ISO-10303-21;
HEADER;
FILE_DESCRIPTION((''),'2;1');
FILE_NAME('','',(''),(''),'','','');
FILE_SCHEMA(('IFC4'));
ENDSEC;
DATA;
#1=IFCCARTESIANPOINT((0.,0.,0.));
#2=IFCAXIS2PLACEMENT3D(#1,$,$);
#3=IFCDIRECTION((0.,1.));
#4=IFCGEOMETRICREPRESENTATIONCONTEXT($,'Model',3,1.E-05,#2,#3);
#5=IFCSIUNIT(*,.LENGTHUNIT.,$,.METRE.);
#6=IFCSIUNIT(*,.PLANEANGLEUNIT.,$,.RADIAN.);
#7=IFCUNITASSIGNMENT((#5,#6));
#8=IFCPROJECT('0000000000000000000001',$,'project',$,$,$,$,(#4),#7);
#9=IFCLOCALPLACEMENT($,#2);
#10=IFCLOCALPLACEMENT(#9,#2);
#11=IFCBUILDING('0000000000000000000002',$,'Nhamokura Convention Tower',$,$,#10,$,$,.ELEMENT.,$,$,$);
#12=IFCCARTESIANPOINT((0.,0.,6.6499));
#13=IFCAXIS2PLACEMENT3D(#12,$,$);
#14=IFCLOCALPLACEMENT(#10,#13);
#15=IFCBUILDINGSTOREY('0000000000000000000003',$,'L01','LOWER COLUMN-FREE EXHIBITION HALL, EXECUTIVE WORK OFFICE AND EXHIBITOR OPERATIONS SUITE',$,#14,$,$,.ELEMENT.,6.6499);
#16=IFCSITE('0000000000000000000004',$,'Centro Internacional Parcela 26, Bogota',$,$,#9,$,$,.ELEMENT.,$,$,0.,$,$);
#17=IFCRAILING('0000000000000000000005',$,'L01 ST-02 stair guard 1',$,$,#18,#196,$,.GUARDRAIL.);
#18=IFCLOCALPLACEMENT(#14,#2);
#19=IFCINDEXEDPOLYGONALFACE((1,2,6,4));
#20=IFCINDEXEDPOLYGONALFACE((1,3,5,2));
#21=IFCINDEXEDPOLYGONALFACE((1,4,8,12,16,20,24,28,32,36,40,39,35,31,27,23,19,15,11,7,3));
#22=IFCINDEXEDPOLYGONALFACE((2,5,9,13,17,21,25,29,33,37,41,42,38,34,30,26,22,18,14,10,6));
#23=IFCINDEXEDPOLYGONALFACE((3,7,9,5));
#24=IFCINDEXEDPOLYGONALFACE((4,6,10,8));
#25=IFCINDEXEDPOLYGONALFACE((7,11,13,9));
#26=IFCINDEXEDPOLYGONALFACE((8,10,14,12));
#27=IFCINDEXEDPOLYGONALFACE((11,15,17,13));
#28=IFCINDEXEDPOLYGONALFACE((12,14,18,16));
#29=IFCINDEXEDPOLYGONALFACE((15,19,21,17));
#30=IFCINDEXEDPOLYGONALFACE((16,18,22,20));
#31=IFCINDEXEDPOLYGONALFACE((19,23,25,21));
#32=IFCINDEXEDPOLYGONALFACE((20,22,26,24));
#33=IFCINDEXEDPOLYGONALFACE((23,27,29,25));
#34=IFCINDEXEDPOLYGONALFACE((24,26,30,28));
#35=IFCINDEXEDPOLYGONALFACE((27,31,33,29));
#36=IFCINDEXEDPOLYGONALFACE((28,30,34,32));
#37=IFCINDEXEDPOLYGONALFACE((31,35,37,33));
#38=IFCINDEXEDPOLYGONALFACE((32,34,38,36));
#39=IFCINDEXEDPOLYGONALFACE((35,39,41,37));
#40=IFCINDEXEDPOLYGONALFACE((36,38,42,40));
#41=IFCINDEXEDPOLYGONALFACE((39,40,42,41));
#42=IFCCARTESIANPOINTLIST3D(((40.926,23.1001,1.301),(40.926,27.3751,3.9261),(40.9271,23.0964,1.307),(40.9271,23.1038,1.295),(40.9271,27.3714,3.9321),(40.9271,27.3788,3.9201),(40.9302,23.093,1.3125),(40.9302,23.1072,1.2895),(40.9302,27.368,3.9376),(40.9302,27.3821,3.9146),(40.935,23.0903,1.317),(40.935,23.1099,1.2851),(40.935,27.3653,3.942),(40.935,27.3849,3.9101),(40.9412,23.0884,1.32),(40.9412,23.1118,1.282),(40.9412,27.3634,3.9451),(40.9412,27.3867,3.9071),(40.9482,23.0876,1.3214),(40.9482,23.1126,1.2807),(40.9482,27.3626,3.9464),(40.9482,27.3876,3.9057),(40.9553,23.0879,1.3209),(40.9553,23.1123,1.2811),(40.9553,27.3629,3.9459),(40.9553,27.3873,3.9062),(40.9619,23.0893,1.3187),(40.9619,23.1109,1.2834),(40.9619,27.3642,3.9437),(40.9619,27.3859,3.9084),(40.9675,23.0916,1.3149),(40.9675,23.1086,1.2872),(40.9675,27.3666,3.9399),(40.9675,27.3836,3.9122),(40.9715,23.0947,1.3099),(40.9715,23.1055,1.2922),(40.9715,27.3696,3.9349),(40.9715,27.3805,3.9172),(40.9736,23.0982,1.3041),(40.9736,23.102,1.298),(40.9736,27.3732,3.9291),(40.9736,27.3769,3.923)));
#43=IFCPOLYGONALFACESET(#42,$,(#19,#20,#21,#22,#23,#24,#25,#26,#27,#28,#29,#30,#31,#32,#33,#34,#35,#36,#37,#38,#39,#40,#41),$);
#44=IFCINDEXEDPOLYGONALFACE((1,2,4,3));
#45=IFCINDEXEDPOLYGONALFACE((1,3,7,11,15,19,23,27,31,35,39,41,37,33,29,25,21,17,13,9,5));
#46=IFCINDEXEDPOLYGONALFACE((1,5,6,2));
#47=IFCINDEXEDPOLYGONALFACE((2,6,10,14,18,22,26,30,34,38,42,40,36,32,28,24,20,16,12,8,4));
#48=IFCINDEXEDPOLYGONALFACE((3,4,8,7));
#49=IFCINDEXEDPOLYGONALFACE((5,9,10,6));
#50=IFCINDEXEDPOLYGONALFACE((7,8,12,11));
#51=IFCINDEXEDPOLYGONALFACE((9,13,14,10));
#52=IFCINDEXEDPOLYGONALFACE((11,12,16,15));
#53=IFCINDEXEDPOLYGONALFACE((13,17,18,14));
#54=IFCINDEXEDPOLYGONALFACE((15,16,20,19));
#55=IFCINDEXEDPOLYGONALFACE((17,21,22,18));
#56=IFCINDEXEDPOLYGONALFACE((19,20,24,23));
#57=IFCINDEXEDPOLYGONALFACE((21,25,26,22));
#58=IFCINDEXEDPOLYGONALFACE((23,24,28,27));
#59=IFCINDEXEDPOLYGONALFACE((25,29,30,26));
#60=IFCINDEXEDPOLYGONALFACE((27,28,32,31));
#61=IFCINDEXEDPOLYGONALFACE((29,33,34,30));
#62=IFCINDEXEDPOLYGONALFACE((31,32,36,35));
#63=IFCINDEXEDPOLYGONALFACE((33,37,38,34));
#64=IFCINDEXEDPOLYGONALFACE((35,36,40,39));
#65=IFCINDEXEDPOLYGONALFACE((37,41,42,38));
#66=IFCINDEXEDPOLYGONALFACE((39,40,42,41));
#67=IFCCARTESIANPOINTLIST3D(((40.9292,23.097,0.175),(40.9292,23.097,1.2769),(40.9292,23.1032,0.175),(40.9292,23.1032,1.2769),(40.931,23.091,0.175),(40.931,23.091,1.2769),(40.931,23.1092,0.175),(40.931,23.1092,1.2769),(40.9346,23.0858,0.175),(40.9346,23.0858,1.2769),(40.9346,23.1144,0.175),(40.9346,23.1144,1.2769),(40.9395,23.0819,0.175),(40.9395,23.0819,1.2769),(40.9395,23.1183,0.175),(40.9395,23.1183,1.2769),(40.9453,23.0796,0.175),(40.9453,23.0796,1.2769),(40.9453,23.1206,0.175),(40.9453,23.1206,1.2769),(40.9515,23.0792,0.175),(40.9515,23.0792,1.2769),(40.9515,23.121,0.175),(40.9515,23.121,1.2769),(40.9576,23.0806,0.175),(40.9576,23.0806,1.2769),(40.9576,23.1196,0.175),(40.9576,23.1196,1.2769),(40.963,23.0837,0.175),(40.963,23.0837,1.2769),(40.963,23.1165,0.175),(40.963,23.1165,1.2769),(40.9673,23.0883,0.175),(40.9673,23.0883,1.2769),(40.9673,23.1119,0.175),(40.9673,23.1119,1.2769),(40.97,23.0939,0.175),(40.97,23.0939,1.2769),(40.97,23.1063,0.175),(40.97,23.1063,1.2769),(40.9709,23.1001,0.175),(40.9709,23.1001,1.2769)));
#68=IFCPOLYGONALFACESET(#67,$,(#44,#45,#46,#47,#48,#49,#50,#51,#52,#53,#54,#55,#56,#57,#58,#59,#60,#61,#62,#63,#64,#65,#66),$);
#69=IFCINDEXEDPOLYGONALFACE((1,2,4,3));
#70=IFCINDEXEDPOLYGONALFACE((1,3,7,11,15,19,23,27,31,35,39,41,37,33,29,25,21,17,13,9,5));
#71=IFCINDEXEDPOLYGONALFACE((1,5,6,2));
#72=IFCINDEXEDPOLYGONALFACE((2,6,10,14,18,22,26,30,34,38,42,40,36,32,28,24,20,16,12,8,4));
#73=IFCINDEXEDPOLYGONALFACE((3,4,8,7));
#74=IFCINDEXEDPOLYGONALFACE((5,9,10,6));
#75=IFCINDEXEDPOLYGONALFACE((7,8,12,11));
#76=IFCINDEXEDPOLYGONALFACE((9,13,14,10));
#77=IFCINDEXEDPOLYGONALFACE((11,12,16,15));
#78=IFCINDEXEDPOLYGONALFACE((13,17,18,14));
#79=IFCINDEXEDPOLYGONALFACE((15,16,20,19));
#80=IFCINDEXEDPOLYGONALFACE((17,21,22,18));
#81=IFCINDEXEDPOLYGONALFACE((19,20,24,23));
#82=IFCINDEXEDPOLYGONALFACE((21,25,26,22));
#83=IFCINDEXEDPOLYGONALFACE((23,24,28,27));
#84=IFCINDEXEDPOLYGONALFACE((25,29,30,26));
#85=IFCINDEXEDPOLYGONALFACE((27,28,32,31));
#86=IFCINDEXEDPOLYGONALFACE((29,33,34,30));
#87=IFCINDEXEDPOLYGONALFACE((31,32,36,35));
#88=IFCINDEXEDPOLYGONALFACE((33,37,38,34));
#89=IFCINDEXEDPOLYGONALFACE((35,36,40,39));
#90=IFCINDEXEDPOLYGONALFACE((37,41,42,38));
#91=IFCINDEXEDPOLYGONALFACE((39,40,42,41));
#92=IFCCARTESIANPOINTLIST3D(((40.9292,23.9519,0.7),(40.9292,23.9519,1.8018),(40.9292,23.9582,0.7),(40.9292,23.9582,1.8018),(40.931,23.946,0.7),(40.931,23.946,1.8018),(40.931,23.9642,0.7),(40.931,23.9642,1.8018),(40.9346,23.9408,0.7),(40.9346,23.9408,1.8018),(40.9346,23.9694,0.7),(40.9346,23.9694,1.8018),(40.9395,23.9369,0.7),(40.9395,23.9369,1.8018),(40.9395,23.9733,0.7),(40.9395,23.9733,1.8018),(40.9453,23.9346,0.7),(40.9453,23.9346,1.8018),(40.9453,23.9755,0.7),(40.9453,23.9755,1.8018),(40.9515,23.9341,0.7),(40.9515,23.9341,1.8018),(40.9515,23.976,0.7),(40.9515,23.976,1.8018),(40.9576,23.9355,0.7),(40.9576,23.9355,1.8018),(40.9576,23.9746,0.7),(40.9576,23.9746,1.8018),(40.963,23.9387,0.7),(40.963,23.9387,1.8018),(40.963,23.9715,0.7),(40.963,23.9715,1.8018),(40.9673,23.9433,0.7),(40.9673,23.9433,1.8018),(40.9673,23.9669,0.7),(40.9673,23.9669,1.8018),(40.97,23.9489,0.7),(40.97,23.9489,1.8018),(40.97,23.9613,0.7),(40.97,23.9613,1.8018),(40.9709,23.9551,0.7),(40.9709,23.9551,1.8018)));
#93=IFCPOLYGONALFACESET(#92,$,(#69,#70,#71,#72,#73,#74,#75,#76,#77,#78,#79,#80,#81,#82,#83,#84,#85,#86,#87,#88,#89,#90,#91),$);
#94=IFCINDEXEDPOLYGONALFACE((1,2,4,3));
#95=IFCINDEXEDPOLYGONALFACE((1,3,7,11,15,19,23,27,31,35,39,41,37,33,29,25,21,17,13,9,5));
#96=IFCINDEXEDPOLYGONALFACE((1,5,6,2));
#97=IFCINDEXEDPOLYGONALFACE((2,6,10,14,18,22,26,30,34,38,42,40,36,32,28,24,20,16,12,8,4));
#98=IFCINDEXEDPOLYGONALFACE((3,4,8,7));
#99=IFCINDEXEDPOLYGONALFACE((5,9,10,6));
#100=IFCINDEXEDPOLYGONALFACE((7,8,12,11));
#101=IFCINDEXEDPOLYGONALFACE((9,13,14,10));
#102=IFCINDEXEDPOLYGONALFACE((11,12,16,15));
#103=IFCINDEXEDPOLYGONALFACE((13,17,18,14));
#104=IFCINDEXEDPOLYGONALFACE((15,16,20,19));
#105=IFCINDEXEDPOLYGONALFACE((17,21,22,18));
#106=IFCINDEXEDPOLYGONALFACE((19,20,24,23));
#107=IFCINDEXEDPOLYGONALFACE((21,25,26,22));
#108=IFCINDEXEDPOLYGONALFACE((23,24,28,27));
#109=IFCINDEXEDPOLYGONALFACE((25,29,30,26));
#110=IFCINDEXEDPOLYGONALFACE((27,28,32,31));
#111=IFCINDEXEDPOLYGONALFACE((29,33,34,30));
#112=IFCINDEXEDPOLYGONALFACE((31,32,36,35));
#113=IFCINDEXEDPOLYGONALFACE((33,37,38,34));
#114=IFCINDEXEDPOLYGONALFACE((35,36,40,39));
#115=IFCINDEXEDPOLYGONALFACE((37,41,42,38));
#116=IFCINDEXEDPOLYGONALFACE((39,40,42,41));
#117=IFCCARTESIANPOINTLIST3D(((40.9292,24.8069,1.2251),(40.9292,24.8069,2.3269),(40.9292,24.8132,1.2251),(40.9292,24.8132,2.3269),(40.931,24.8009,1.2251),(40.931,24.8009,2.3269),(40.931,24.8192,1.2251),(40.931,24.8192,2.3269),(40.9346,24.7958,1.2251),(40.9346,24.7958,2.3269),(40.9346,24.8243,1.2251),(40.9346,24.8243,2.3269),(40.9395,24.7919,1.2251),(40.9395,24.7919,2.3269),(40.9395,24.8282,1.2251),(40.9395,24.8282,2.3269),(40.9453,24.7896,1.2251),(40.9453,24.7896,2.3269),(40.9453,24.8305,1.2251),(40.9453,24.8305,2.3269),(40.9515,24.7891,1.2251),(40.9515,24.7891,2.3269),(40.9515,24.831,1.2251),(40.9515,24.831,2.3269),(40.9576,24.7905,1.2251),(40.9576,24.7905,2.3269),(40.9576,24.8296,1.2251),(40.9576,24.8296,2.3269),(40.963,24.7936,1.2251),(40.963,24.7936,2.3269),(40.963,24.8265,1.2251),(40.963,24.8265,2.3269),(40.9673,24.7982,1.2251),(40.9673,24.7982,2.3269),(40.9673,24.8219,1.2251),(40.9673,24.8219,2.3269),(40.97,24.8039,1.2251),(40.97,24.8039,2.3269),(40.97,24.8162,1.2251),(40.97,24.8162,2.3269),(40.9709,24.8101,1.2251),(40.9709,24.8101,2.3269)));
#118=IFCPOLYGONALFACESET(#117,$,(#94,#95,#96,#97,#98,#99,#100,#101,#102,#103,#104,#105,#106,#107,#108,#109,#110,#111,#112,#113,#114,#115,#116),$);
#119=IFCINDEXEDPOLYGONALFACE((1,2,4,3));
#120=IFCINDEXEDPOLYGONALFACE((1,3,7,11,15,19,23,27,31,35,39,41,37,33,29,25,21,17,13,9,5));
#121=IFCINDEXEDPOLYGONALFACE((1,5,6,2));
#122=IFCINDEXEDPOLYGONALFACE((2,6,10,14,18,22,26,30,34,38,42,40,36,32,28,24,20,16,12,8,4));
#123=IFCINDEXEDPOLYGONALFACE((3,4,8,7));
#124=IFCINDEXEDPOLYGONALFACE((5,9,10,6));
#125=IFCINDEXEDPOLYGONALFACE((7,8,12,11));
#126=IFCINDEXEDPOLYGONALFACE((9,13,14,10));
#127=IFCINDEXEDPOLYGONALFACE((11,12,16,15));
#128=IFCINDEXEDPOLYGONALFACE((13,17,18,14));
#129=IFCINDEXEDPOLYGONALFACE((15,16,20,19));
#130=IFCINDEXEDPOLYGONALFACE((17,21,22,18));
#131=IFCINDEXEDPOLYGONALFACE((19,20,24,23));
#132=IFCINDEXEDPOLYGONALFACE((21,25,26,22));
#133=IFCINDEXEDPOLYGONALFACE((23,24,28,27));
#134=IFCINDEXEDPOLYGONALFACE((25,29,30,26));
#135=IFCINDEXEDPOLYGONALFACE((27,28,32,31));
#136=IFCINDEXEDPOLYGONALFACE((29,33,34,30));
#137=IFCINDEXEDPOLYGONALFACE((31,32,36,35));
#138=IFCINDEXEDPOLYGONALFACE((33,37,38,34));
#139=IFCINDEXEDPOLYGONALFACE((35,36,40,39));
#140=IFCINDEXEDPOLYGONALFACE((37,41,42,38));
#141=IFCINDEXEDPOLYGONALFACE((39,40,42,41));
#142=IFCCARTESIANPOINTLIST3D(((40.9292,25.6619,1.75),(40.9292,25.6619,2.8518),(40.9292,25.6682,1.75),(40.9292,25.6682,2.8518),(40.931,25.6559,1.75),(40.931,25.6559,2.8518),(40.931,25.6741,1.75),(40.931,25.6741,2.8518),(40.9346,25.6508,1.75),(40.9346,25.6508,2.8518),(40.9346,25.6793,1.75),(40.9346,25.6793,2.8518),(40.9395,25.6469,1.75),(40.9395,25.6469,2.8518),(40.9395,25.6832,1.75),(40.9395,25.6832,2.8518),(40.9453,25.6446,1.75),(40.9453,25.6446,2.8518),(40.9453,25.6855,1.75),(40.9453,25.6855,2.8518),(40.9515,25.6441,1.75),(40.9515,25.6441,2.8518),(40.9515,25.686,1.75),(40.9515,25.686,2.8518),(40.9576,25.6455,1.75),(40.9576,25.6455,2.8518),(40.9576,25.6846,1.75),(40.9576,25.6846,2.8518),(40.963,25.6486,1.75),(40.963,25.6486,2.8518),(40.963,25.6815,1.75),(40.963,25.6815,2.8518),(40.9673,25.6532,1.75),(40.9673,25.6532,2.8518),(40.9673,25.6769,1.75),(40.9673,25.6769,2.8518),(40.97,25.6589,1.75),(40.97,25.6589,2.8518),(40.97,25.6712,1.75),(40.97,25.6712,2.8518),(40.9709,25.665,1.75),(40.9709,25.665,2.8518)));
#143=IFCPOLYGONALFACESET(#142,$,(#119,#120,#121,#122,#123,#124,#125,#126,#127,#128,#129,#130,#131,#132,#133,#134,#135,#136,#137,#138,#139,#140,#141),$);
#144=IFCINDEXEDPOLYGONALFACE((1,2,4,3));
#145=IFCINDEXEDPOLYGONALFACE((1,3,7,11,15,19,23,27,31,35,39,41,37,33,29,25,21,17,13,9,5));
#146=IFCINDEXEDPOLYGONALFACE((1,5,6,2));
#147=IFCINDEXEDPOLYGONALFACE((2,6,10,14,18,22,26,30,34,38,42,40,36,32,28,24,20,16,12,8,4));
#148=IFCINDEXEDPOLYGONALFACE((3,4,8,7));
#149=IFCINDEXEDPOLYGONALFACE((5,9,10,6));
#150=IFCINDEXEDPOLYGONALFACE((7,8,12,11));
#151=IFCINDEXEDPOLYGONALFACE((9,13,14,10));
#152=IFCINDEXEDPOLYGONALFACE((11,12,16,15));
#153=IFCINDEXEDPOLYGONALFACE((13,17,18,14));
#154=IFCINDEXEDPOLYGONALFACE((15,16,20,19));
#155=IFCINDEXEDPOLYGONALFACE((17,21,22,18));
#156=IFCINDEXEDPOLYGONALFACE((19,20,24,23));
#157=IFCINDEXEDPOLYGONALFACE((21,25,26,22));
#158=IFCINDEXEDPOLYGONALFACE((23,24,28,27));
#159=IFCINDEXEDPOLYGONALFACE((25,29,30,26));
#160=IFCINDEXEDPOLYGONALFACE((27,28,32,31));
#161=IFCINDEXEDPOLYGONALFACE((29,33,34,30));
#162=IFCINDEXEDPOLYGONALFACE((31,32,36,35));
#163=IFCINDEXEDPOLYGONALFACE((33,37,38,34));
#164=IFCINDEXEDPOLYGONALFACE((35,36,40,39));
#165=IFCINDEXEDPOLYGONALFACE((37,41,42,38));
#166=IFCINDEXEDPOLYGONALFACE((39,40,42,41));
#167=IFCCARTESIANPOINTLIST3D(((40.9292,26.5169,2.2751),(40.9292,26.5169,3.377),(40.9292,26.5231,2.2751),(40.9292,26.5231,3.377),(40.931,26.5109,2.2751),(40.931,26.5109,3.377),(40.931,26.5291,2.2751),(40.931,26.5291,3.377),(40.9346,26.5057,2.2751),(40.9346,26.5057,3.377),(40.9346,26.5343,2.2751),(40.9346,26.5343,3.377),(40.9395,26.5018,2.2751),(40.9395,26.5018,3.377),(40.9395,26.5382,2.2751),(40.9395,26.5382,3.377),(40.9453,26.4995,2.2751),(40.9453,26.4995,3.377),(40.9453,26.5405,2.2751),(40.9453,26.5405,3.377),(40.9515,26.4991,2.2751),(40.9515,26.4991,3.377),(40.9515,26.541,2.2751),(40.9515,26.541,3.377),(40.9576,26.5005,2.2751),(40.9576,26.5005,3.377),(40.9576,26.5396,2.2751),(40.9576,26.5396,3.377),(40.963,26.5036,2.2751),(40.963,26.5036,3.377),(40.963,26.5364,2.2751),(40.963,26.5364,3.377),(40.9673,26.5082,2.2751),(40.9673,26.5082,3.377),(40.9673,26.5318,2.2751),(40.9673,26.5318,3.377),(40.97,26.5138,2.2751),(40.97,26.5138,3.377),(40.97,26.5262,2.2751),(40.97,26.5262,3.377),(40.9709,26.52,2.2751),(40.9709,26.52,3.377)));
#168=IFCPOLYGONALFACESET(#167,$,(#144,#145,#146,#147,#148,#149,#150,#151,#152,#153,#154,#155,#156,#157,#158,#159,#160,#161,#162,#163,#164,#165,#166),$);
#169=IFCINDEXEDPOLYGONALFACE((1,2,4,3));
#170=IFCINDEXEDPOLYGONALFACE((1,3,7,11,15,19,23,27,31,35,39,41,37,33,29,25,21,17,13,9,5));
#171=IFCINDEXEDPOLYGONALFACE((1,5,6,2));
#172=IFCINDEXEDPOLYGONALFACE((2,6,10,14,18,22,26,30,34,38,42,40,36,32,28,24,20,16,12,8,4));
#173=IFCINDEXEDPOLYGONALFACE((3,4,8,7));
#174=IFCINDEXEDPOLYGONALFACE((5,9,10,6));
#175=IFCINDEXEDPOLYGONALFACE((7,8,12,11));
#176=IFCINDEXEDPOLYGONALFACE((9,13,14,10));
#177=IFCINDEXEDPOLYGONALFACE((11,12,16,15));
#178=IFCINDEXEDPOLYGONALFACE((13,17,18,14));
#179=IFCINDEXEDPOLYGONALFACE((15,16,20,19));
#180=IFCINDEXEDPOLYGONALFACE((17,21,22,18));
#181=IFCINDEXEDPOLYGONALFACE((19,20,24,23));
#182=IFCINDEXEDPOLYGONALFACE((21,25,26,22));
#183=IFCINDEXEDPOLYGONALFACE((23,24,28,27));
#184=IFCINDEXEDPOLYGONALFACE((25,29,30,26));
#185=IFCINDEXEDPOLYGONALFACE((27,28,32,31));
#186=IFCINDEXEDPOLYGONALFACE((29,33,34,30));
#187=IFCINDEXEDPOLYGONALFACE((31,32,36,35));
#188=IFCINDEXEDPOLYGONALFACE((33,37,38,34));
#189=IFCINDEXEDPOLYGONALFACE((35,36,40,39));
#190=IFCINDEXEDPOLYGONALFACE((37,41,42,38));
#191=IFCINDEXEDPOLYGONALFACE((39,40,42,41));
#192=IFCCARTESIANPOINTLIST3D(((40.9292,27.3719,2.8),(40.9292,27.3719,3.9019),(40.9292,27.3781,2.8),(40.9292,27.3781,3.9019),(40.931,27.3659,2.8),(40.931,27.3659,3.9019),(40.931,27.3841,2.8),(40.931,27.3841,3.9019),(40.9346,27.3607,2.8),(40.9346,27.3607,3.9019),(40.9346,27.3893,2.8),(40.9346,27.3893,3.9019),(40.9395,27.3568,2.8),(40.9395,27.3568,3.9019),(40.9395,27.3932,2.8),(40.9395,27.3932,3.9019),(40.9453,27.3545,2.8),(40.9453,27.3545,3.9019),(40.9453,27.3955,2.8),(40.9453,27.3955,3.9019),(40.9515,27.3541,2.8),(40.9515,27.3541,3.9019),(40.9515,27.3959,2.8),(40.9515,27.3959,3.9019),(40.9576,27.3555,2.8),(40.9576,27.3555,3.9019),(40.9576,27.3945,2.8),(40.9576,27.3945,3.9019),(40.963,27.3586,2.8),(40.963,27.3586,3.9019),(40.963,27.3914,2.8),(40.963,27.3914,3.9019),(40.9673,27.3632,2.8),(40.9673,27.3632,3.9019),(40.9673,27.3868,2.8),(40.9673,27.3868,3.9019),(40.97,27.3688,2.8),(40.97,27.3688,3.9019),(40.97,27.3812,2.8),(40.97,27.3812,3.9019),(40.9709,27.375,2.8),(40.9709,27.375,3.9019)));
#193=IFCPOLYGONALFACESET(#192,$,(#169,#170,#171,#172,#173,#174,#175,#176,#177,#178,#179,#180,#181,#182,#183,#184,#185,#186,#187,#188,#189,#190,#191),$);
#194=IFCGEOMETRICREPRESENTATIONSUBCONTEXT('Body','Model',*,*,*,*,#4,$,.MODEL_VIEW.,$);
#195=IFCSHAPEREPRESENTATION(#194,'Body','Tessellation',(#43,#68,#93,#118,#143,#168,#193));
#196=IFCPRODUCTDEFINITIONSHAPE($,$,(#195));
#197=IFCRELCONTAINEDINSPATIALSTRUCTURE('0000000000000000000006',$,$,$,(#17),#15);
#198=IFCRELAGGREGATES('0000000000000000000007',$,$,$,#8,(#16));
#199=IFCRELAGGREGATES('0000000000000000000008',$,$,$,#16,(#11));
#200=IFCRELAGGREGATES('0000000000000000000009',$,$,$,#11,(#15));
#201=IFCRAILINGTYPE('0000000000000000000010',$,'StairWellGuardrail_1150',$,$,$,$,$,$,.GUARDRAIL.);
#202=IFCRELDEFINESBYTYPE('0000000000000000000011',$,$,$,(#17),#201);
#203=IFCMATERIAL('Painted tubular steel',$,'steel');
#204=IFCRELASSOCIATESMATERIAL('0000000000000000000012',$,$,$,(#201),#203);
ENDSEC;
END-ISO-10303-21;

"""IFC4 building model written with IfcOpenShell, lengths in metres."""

from ifc_helpers import new_model, si_unit, direction, frame, origin, origin_2d, place, context, subcontext, project, spatial, circle, extrude, material, type_object, element, save


model = new_model("IFC4")

# Units and contexts
model_context = context("Model", 3, precision=1e-05, world=origin(), true_north=direction((0.0, 1.0)))
body_context = subcontext(model_context, "Body", "Model", "MODEL_VIEW")
ifc_project = project(units=[si_unit("LENGTHUNIT", "METRE"), si_unit("PLANEANGLEUNIT", "RADIAN")], contexts=[model_context])

# Site, building, storey
site_placement = place(None, origin())
site = spatial("IfcSite", under=ifc_project, at=site_placement, Name="Centro Internacional Parcela 26, Bogota", CompositionType="ELEMENT", RefElevation=0.0)
building_placement = place(site_placement, origin())
building = spatial("IfcBuilding", under=site, at=building_placement, Name="Nhamokura Convention Tower", CompositionType="ELEMENT")
storey_placement = place(building_placement, frame((0.0, 0.0, 6.6499)))
storey = spatial("IfcBuildingStorey", under=building, at=storey_placement, Name="L01", Description="LOWER COLUMN-FREE EXHIBITION HALL, EXECUTIVE WORK OFFICE AND EXHIBITOR OPERATIONS SUITE", CompositionType="ELEMENT", Elevation=6.6499)

# Railing
ifc_material_1 = material(Name="Painted tubular steel", Category="steel")
railing_type_1 = type_object("IfcRailingType", Name="StairWellGuardrail_1150", PredefinedType="GUARDRAIL", material=ifc_material_1)
railing_1_placement = place(storey_placement, frame((40.95, 23.1001, 0.175)))
element("IfcRailing", 1, at=railing_1_placement, inside=storey, type_object=railing_type_1, Name="L01 ST-02 stair guard 1", PredefinedType="GUARDRAIL", context=body_context, shape_type="SweptSolid", body=[
    extrude(circle(Radius=0.0239, at=origin_2d()), frame((0.0, 0.0, 1.126), z_axis=(0.0, 0.852166, 0.523272), x_axis=(-1.0, 0.0, 0.0)), (0.0, 0.0, 1.0), 5.0166),
    extrude(circle(Radius=0.021, at=origin_2d()), origin(), (0.0, 0.0, 1.0), 1.1018),
    extrude(circle(Radius=0.021, at=origin_2d()), frame((0.0, 0.855, 0.5249)), (0.0, 0.0, 1.0), 1.1018),
    extrude(circle(Radius=0.021, at=origin_2d()), frame((0.0, 1.71, 1.05)), (0.0, 0.0, 1.0), 1.1018),
    extrude(circle(Radius=0.021, at=origin_2d()), frame((0.0, 2.5649, 1.575)), (0.0, 0.0, 1.0), 1.1018),
    extrude(circle(Radius=0.021, at=origin_2d()), frame((0.0, 3.4199, 2.1001)), (0.0, 0.0, 1.0), 1.1018),
    extrude(circle(Radius=0.021, at=origin_2d()), frame((0.0, 4.2749, 2.625)), (0.0, 0.0, 1.0), 1.1018),
])

save(model, "model.ifc")
